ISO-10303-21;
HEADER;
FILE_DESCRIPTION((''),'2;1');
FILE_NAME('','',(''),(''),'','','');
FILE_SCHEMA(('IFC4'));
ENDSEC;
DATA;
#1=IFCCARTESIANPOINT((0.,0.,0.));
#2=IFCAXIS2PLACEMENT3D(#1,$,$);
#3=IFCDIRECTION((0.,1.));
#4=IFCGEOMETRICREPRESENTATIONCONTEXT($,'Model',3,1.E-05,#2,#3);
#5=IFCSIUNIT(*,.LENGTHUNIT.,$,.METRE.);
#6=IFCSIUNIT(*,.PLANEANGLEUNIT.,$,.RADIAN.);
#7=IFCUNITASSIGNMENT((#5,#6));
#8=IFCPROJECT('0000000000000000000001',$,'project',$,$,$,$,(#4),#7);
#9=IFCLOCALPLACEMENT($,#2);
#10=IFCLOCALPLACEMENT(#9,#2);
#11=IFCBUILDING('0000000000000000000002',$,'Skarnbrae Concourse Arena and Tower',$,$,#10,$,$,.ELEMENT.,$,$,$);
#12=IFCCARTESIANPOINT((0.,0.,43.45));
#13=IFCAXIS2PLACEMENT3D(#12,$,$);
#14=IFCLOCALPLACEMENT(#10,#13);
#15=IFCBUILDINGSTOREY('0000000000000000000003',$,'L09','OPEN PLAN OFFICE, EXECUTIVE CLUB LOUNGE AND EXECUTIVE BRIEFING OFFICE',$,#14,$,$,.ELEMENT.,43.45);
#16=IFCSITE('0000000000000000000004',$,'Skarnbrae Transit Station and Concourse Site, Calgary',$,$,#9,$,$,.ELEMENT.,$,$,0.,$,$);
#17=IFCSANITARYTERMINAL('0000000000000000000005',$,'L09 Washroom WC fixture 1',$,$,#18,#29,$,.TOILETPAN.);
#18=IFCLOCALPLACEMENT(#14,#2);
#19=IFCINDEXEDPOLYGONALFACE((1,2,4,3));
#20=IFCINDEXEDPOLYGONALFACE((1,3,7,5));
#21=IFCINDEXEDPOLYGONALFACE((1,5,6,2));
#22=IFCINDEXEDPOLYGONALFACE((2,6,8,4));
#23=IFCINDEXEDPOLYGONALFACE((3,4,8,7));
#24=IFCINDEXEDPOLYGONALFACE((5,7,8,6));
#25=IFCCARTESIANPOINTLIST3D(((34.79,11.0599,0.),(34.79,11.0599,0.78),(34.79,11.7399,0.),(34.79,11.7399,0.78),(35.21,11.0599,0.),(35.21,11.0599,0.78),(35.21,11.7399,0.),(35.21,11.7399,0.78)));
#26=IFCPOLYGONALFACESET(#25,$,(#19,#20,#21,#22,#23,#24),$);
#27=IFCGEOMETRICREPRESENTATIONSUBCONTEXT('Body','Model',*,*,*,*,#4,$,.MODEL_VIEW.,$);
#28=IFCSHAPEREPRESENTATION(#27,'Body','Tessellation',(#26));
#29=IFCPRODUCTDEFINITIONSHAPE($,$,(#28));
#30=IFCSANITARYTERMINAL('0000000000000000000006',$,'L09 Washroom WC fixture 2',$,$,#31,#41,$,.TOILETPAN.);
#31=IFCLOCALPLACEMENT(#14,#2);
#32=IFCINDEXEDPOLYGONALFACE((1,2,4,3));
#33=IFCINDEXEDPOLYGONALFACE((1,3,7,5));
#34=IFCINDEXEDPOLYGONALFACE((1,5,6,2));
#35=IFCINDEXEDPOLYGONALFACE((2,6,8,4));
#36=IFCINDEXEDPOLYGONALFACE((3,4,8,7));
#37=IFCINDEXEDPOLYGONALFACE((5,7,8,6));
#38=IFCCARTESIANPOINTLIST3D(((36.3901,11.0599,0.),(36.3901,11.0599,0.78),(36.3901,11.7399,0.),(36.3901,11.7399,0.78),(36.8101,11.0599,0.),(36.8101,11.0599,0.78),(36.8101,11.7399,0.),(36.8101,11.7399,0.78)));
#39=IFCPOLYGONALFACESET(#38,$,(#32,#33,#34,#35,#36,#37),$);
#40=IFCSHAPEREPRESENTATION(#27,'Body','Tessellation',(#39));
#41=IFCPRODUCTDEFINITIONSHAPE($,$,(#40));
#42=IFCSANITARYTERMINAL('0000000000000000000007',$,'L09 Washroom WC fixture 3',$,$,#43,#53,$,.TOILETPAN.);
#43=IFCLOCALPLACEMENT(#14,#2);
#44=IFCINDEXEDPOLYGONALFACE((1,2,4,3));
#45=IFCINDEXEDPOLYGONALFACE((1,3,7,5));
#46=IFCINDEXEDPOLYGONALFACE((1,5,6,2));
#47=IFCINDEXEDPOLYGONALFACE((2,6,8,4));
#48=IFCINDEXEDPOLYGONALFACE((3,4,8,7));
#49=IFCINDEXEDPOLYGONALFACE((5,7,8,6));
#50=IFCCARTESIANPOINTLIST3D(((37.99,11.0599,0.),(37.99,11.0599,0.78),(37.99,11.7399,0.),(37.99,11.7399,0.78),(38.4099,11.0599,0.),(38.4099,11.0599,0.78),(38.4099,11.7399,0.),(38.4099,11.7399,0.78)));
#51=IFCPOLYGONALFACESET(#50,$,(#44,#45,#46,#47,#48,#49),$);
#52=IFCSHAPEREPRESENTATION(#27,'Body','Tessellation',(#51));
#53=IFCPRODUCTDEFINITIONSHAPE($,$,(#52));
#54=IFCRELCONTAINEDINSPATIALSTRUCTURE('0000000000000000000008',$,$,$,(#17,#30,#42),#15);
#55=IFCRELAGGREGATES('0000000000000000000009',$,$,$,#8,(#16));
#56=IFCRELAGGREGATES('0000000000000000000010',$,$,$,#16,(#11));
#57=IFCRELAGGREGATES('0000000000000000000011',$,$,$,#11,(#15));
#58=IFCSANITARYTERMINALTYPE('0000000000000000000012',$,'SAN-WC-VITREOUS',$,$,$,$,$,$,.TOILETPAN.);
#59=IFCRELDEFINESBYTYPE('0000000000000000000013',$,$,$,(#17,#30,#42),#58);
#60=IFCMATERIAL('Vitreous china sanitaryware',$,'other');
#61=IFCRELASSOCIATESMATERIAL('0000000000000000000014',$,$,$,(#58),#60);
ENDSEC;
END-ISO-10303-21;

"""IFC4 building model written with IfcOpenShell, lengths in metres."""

from ifc_helpers import new_model, si_unit, direction, frame, origin, origin_2d, place, context, subcontext, project, spatial, rectangle, extrude, source, transform, mapped, material, type_object, element, save


model = new_model("IFC4")

# Units and contexts
model_context = context("Model", 3, precision=1e-05, world=origin(), true_north=direction((0.0, 1.0)))
body_context = subcontext(model_context, "Body", "Model", "MODEL_VIEW")
ifc_project = project(units=[si_unit("LENGTHUNIT", "METRE"), si_unit("PLANEANGLEUNIT", "RADIAN")], contexts=[model_context])

# Site, building, storey
site_placement = place(None, origin())
site = spatial("IfcSite", under=ifc_project, at=site_placement, Name="Skarnbrae Transit Station and Concourse Site, Calgary", CompositionType="ELEMENT", RefElevation=0.0)
building_placement = place(site_placement, origin())
building = spatial("IfcBuilding", under=site, at=building_placement, Name="Skarnbrae Concourse Arena and Tower", CompositionType="ELEMENT")
storey_placement = place(building_placement, frame((0.0, 0.0, 43.45)))
storey = spatial("IfcBuildingStorey", under=building, at=storey_placement, Name="L09", Description="OPEN PLAN OFFICE, EXECUTIVE CLUB LOUNGE AND EXECUTIVE BRIEFING OFFICE", CompositionType="ELEMENT", Elevation=43.45)

# Sanitary terminals
ifc_material_1 = material(Name="Vitreous china sanitaryware", Category="other")
sanitary_terminal_type = type_object("IfcSanitaryTerminalType", Name="SAN-WC-VITREOUS", PredefinedType="TOILETPAN", material=ifc_material_1)
shared_shape_1 = source(origin(), body_context, "Body", "SweptSolid", [
    extrude(rectangle(XDim=0.4199, YDim=0.6799, at=origin_2d()), origin(), (0.0, 0.0, 1.0), 0.78),
])
for number, where, z_axis, x_axis, name in (
    (1, (35.0, 11.3999, 0.0), (0.0, 0.0, 1.0), (1.0, 0.0, 0.0), "L09 Washroom WC fixture 1"),
    (2, (36.6001, 11.3999, 0.0), (0.0, 0.0, 1.0), (1.0, 0.0, 0.0), "L09 Washroom WC fixture 2"),
    (3, (38.2, 11.3999, 0.0), (0.0, 0.0, 1.0), (1.0, 0.0, 0.0), "L09 Washroom WC fixture 3"),
):
    element("IfcSanitaryTerminal", number, at=place(storey_placement, frame(where, z_axis=z_axis, x_axis=x_axis)), inside=storey, type_object=sanitary_terminal_type, Name=name, PredefinedType="TOILETPAN", context=body_context, shape_type="MappedRepresentation", body=[
        mapped(shared_shape_1, transform((0.0, 0.0, 0.0))),
    ])

save(model, "model.ifc")
